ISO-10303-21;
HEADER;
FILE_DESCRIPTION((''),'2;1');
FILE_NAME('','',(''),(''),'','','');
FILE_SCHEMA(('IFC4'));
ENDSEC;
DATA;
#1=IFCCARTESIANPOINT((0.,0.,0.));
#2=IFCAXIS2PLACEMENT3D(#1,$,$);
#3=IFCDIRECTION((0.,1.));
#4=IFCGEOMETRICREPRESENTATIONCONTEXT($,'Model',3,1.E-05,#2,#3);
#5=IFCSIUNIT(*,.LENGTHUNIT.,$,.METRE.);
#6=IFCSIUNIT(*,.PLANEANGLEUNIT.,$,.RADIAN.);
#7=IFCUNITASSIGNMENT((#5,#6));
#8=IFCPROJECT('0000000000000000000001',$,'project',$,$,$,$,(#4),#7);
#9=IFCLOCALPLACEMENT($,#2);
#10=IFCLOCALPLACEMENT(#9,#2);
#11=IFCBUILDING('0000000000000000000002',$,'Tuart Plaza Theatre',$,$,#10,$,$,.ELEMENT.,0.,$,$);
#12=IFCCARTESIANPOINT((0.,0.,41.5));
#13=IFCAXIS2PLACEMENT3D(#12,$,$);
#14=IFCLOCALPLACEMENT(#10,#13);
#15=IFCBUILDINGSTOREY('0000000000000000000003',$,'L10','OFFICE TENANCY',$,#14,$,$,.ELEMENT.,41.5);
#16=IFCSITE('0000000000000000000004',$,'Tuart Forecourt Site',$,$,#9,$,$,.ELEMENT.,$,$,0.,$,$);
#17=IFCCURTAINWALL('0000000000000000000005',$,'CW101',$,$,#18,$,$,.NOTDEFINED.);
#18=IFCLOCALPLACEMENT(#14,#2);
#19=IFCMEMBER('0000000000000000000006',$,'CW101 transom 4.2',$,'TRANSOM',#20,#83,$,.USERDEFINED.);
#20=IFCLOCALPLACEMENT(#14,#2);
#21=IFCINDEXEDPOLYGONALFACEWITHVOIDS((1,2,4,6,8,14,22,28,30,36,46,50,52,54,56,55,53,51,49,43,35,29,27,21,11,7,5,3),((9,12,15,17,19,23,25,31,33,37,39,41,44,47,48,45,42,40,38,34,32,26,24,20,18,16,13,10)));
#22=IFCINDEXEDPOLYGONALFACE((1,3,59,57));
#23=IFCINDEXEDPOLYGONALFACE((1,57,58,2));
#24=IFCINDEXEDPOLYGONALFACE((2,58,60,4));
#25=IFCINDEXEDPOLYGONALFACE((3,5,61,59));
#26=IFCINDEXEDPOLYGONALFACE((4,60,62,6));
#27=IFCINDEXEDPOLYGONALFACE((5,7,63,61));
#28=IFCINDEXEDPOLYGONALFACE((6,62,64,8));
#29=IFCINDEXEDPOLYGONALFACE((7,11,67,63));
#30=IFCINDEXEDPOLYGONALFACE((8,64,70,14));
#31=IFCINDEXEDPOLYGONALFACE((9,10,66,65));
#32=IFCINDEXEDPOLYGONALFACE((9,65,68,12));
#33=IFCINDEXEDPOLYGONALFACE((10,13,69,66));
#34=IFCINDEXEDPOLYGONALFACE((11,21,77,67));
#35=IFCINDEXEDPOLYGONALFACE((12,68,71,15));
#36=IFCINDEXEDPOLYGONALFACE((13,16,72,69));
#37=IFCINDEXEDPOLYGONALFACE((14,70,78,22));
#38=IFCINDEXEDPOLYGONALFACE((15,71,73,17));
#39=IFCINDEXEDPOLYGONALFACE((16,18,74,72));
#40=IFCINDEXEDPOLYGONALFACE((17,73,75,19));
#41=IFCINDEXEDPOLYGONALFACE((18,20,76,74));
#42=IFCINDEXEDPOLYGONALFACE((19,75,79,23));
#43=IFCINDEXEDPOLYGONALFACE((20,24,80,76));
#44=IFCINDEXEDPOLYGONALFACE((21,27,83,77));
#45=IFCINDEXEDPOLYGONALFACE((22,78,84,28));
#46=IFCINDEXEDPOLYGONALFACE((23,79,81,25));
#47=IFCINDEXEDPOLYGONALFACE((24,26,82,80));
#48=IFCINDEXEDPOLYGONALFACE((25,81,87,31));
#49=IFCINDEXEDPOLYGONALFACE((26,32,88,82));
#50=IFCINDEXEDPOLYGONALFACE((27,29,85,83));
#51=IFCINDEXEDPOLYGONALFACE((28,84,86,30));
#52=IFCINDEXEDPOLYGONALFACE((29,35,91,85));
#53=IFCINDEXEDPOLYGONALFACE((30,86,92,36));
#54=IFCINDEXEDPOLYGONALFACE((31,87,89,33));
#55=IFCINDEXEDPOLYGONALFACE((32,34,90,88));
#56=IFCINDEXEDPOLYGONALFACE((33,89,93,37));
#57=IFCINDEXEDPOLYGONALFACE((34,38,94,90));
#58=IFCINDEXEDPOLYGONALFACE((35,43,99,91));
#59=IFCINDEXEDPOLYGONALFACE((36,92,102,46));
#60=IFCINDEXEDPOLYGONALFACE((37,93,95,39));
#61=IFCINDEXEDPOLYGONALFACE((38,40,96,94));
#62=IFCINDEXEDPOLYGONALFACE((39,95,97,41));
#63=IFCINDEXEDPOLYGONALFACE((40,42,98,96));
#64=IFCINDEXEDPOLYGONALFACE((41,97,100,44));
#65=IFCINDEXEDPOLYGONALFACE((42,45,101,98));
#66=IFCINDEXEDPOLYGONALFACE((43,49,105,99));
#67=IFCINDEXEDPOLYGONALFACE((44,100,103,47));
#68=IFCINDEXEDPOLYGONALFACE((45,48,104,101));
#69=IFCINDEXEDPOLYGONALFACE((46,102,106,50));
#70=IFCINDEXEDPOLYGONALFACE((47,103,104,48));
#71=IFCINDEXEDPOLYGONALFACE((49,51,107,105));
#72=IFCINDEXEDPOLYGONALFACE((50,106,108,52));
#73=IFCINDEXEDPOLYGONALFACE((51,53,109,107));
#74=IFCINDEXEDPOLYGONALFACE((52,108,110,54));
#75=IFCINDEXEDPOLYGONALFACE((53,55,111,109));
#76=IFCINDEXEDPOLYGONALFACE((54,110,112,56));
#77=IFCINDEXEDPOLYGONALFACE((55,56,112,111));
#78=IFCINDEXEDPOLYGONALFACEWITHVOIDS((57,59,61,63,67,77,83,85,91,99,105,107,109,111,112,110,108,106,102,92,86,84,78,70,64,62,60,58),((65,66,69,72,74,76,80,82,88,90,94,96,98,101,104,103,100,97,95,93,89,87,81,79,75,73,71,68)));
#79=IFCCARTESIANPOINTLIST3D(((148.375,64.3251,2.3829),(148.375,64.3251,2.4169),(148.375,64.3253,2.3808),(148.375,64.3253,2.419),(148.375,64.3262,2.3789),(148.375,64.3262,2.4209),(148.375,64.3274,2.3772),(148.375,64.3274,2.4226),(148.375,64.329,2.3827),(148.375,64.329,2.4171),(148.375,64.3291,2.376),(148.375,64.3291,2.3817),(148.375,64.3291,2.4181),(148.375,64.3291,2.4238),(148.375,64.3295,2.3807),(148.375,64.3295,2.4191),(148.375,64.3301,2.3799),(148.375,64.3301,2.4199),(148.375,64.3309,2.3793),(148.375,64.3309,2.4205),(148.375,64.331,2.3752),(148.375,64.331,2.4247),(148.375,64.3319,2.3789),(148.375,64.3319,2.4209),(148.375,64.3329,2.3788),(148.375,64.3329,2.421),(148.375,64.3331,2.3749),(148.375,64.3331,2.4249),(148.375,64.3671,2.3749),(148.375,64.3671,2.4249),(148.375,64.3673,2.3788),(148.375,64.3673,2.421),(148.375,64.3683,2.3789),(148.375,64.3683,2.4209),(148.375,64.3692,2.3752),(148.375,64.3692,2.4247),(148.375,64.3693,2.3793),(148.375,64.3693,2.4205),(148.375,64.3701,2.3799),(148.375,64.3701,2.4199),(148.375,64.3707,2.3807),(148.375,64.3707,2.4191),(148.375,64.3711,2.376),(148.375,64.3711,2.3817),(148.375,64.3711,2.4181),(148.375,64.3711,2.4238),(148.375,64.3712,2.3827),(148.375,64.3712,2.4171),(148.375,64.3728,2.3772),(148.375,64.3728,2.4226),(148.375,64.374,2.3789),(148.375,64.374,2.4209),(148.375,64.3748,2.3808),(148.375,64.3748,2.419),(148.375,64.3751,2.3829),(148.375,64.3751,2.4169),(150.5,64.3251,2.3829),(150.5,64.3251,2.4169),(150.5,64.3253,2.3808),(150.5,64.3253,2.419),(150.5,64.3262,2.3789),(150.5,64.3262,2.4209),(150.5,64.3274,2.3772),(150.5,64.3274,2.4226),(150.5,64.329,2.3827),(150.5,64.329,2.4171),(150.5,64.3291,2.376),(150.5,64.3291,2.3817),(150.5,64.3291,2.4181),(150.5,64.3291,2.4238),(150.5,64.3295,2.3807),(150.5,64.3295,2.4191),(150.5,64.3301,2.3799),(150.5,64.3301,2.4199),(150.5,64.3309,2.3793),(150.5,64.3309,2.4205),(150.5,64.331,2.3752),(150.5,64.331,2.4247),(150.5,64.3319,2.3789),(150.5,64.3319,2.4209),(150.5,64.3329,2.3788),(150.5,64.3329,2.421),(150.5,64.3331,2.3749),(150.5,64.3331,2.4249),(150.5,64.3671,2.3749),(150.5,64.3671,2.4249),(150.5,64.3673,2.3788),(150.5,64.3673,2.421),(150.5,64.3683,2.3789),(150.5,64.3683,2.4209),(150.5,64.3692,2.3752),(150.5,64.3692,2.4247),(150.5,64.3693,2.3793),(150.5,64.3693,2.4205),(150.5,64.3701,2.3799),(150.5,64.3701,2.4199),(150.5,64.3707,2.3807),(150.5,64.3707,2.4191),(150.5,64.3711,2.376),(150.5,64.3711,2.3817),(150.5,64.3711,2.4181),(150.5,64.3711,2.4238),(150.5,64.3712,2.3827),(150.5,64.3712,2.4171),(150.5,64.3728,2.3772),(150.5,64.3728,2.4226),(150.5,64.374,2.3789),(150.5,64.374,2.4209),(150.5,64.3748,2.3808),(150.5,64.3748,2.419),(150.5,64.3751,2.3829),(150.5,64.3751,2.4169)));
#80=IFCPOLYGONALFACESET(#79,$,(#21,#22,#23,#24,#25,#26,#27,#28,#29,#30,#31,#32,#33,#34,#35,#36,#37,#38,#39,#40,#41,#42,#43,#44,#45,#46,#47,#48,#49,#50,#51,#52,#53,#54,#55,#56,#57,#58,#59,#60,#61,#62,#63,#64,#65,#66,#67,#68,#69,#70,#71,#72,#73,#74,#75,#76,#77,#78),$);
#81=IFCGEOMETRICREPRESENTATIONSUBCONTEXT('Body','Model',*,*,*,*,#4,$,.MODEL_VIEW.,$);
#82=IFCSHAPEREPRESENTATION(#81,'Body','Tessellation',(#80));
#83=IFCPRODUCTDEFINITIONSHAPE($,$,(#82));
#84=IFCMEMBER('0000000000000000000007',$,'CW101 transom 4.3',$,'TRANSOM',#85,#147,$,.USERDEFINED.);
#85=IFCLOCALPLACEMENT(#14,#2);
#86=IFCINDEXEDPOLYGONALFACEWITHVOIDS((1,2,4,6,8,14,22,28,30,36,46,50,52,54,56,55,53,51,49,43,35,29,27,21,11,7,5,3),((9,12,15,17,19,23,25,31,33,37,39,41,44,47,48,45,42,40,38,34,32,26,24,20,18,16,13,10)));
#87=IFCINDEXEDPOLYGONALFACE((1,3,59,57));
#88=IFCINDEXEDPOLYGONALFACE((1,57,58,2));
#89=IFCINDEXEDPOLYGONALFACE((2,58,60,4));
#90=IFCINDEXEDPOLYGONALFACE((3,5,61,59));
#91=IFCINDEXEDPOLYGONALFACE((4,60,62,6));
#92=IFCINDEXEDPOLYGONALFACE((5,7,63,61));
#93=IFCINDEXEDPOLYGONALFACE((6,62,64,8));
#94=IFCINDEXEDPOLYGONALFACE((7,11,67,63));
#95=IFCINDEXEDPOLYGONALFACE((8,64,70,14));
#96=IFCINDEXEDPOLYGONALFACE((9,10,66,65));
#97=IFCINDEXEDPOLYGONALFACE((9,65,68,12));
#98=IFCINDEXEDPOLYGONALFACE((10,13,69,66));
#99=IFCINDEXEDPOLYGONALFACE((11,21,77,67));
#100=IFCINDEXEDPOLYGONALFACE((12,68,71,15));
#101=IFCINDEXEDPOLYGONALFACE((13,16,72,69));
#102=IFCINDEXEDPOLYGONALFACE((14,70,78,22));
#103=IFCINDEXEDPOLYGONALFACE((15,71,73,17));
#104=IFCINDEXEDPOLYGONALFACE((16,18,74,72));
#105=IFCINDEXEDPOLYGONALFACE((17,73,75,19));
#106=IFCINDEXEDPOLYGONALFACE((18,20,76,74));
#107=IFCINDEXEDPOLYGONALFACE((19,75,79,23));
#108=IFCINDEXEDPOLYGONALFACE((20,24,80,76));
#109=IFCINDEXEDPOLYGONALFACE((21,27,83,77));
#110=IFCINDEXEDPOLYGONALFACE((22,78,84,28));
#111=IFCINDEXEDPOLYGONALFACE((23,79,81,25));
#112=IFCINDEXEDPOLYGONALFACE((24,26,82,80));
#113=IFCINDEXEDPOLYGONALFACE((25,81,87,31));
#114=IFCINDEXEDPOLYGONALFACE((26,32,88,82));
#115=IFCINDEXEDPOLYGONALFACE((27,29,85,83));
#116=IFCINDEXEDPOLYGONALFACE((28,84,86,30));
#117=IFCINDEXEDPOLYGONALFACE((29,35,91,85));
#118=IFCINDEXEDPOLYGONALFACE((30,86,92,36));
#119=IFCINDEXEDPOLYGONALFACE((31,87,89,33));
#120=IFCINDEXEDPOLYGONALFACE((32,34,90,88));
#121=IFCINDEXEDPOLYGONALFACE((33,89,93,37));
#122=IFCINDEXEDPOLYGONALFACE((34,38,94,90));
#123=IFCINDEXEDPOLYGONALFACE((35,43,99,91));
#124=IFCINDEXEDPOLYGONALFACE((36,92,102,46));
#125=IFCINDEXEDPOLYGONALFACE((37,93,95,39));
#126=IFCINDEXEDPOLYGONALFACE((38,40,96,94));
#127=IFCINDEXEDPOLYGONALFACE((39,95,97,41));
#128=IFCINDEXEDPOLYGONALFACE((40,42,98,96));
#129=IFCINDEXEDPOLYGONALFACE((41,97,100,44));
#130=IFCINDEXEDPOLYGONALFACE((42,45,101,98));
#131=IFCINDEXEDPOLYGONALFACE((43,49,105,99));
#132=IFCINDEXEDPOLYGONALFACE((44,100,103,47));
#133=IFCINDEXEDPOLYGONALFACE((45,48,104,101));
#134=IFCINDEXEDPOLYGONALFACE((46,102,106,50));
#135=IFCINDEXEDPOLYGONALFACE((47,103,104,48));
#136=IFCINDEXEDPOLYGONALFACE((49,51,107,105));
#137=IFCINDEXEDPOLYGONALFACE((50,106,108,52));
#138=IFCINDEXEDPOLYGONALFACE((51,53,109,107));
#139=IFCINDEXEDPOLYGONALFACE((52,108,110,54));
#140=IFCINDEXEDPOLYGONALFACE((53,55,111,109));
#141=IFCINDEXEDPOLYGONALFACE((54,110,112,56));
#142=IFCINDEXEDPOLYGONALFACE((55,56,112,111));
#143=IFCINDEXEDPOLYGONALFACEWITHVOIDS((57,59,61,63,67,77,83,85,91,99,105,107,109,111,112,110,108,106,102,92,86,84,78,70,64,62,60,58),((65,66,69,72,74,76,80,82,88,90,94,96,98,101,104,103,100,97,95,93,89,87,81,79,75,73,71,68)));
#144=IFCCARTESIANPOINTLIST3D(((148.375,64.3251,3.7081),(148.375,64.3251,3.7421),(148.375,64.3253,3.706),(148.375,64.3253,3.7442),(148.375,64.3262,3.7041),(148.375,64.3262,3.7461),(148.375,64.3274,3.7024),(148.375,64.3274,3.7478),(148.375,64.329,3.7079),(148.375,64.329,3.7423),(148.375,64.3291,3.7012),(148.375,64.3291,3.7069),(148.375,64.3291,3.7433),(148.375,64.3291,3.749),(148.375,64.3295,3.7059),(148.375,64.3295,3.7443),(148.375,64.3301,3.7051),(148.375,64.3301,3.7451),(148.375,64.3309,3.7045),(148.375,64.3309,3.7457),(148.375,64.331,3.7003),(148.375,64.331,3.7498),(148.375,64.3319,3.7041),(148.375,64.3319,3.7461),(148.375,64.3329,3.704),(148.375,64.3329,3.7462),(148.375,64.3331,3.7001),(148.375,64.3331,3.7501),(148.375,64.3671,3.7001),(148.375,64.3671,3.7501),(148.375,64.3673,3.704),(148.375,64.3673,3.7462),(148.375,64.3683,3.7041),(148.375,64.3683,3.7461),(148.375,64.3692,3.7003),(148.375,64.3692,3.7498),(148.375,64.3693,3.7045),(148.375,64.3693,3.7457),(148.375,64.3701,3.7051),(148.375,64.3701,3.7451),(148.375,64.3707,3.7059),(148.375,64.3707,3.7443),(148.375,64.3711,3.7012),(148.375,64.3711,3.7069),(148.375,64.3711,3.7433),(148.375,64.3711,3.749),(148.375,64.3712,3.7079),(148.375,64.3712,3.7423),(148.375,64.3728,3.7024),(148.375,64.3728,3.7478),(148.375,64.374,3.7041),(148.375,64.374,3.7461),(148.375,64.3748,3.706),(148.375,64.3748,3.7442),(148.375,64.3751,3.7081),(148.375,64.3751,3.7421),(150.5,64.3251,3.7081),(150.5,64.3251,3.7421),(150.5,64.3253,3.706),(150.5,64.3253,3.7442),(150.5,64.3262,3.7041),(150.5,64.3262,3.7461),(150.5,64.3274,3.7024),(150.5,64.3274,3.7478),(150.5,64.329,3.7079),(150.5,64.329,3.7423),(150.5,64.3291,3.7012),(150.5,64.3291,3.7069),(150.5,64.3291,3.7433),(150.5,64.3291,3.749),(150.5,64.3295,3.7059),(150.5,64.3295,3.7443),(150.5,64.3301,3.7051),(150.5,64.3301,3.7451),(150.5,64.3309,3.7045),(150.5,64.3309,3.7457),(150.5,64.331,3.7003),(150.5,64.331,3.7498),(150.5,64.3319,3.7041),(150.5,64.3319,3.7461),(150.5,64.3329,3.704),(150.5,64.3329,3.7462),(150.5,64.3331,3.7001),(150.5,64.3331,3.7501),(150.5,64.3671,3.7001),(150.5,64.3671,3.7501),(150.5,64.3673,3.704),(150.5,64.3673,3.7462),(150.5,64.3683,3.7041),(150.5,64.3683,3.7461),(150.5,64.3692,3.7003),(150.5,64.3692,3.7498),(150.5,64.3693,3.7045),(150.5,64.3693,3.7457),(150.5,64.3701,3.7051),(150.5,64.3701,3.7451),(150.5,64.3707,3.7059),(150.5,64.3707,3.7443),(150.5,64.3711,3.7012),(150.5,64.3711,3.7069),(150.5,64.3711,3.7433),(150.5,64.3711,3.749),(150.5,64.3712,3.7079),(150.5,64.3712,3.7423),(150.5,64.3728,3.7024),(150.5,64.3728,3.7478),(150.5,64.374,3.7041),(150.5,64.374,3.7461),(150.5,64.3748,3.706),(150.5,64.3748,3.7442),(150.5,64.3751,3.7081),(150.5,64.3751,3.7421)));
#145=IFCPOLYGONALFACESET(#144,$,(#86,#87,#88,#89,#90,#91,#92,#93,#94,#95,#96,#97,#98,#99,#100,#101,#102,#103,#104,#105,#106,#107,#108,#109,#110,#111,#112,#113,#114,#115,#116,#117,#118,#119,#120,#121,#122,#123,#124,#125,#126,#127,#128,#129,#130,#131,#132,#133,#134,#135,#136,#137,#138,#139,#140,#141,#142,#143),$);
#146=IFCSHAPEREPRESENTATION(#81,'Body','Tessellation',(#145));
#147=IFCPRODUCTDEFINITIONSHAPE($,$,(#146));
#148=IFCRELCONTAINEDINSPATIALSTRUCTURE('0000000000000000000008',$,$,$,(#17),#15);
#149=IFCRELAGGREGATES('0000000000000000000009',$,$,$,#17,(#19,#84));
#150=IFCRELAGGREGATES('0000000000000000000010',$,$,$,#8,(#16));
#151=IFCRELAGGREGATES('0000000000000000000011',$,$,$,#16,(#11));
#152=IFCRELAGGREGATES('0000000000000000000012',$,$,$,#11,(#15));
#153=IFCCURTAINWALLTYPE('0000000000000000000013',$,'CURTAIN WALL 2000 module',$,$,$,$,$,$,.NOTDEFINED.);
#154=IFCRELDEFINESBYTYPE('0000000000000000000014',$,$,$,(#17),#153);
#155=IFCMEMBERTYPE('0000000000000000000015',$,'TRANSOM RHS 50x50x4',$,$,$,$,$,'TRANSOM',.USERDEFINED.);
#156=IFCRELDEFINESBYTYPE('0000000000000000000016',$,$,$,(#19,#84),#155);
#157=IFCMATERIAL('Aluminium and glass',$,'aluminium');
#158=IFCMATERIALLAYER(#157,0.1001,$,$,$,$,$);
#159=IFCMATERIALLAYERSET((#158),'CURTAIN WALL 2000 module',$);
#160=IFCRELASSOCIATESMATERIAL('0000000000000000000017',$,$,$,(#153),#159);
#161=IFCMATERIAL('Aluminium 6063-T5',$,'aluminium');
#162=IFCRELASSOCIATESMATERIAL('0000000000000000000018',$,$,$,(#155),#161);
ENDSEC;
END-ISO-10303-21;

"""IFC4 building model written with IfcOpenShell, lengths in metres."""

from ifc_helpers import new_model, si_unit, direction, frame, origin, origin_2d, place, context, subcontext, project, spatial, hollow_rectangle, extrude, material, layer, layer_set, material_profile, profile_set, type_object, element, aggregate, save


model = new_model("IFC4")

# Units and contexts
model_context = context("Model", 3, precision=1e-05, world=origin(), true_north=direction((0.0, 1.0)))
body_context = subcontext(model_context, "Body", "Model", "MODEL_VIEW")
ifc_project = project(units=[si_unit("LENGTHUNIT", "METRE"), si_unit("PLANEANGLEUNIT", "RADIAN")], contexts=[model_context])

# Site, building, storey
site_placement = place(None, origin())
site = spatial("IfcSite", under=ifc_project, at=site_placement, Name="Tuart Forecourt Site", CompositionType="ELEMENT", RefElevation=0.0)
building_placement = place(site_placement, origin())
building = spatial("IfcBuilding", under=site, at=building_placement, Name="Tuart Plaza Theatre", CompositionType="ELEMENT", ElevationOfRefHeight=0.0)
storey_placement = place(building_placement, frame((0.0, 0.0, 41.5)))
storey = spatial("IfcBuildingStorey", under=building, at=storey_placement, Name="L10", Description="OFFICE TENANCY", CompositionType="ELEMENT", Elevation=41.5)

# Curtain wall
ifc_material_1 = material(Name="Aluminium and glass", Category="aluminium")
ifc_layer_1 = layer(ifc_material_1, 0.1001)
ifc_layer_set_1 = layer_set([ifc_layer_1], Name="CURTAIN WALL 2000 module")
curtain_wall_type = type_object("IfcCurtainWallType", Name="CURTAIN WALL 2000 module", PredefinedType="NOTDEFINED", material=ifc_layer_set_1)
curtain_wall_1_placement = place(storey_placement, origin())
curtain_wall_1 = element("IfcCurtainWall", 1, at=curtain_wall_1_placement, inside=storey, type_object=curtain_wall_type, Name="CW101", PredefinedType="NOTDEFINED")

# Members
ifc_material_2 = material(Name="Aluminium 6063-T5", Category="aluminium")
ifc_material_profile_1 = material_profile(ifc_material_2, hollow_rectangle(XDim=0.05, YDim=0.05, WallThickness=0.0039, InnerFilletRadius=0.0039, OuterFilletRadius=0.0081, at=origin_2d()), Name="RHS 50x50x4")
ifc_profile_set_1 = profile_set([ifc_material_profile_1], Name="Aluminium 6063-T5")
member_type_1 = type_object("IfcMemberType", Name="TRANSOM RHS 50x50x4", ElementType="TRANSOM", PredefinedType="USERDEFINED", material=ifc_profile_set_1)
member_1_placement = place(storey_placement, frame((148.375, 64.3501, 2.3999), z_axis=(1.0, 0.0, 0.0), x_axis=(0.0, 1.0, 0.0)))
member_1 = element("IfcMember", 2, at=member_1_placement, type_object=member_type_1, Name="CW101 transom 4.2", ObjectType="TRANSOM", PredefinedType="USERDEFINED", context=body_context, shape_type="SweptSolid", body=[
    extrude(hollow_rectangle(XDim=0.05, YDim=0.05, WallThickness=0.0039, InnerFilletRadius=0.0039, OuterFilletRadius=0.0081, at=origin_2d()), origin(), (0.0, 0.0, 1.0), 2.125),
])
member_2_placement = place(storey_placement, frame((148.375, 64.3501, 3.7251), z_axis=(1.0, 0.0, 0.0), x_axis=(0.0, 1.0, 0.0)))
member_2 = element("IfcMember", 3, at=member_2_placement, type_object=member_type_1, Name="CW101 transom 4.3", ObjectType="TRANSOM", PredefinedType="USERDEFINED", context=body_context, shape_type="SweptSolid", body=[
    extrude(hollow_rectangle(XDim=0.05, YDim=0.05, WallThickness=0.0039, InnerFilletRadius=0.0039, OuterFilletRadius=0.0081, at=origin_2d()), origin(), (0.0, 0.0, 1.0), 2.125),
])

aggregate(curtain_wall_1, [member_1, member_2])

save(model, "model.ifc")
